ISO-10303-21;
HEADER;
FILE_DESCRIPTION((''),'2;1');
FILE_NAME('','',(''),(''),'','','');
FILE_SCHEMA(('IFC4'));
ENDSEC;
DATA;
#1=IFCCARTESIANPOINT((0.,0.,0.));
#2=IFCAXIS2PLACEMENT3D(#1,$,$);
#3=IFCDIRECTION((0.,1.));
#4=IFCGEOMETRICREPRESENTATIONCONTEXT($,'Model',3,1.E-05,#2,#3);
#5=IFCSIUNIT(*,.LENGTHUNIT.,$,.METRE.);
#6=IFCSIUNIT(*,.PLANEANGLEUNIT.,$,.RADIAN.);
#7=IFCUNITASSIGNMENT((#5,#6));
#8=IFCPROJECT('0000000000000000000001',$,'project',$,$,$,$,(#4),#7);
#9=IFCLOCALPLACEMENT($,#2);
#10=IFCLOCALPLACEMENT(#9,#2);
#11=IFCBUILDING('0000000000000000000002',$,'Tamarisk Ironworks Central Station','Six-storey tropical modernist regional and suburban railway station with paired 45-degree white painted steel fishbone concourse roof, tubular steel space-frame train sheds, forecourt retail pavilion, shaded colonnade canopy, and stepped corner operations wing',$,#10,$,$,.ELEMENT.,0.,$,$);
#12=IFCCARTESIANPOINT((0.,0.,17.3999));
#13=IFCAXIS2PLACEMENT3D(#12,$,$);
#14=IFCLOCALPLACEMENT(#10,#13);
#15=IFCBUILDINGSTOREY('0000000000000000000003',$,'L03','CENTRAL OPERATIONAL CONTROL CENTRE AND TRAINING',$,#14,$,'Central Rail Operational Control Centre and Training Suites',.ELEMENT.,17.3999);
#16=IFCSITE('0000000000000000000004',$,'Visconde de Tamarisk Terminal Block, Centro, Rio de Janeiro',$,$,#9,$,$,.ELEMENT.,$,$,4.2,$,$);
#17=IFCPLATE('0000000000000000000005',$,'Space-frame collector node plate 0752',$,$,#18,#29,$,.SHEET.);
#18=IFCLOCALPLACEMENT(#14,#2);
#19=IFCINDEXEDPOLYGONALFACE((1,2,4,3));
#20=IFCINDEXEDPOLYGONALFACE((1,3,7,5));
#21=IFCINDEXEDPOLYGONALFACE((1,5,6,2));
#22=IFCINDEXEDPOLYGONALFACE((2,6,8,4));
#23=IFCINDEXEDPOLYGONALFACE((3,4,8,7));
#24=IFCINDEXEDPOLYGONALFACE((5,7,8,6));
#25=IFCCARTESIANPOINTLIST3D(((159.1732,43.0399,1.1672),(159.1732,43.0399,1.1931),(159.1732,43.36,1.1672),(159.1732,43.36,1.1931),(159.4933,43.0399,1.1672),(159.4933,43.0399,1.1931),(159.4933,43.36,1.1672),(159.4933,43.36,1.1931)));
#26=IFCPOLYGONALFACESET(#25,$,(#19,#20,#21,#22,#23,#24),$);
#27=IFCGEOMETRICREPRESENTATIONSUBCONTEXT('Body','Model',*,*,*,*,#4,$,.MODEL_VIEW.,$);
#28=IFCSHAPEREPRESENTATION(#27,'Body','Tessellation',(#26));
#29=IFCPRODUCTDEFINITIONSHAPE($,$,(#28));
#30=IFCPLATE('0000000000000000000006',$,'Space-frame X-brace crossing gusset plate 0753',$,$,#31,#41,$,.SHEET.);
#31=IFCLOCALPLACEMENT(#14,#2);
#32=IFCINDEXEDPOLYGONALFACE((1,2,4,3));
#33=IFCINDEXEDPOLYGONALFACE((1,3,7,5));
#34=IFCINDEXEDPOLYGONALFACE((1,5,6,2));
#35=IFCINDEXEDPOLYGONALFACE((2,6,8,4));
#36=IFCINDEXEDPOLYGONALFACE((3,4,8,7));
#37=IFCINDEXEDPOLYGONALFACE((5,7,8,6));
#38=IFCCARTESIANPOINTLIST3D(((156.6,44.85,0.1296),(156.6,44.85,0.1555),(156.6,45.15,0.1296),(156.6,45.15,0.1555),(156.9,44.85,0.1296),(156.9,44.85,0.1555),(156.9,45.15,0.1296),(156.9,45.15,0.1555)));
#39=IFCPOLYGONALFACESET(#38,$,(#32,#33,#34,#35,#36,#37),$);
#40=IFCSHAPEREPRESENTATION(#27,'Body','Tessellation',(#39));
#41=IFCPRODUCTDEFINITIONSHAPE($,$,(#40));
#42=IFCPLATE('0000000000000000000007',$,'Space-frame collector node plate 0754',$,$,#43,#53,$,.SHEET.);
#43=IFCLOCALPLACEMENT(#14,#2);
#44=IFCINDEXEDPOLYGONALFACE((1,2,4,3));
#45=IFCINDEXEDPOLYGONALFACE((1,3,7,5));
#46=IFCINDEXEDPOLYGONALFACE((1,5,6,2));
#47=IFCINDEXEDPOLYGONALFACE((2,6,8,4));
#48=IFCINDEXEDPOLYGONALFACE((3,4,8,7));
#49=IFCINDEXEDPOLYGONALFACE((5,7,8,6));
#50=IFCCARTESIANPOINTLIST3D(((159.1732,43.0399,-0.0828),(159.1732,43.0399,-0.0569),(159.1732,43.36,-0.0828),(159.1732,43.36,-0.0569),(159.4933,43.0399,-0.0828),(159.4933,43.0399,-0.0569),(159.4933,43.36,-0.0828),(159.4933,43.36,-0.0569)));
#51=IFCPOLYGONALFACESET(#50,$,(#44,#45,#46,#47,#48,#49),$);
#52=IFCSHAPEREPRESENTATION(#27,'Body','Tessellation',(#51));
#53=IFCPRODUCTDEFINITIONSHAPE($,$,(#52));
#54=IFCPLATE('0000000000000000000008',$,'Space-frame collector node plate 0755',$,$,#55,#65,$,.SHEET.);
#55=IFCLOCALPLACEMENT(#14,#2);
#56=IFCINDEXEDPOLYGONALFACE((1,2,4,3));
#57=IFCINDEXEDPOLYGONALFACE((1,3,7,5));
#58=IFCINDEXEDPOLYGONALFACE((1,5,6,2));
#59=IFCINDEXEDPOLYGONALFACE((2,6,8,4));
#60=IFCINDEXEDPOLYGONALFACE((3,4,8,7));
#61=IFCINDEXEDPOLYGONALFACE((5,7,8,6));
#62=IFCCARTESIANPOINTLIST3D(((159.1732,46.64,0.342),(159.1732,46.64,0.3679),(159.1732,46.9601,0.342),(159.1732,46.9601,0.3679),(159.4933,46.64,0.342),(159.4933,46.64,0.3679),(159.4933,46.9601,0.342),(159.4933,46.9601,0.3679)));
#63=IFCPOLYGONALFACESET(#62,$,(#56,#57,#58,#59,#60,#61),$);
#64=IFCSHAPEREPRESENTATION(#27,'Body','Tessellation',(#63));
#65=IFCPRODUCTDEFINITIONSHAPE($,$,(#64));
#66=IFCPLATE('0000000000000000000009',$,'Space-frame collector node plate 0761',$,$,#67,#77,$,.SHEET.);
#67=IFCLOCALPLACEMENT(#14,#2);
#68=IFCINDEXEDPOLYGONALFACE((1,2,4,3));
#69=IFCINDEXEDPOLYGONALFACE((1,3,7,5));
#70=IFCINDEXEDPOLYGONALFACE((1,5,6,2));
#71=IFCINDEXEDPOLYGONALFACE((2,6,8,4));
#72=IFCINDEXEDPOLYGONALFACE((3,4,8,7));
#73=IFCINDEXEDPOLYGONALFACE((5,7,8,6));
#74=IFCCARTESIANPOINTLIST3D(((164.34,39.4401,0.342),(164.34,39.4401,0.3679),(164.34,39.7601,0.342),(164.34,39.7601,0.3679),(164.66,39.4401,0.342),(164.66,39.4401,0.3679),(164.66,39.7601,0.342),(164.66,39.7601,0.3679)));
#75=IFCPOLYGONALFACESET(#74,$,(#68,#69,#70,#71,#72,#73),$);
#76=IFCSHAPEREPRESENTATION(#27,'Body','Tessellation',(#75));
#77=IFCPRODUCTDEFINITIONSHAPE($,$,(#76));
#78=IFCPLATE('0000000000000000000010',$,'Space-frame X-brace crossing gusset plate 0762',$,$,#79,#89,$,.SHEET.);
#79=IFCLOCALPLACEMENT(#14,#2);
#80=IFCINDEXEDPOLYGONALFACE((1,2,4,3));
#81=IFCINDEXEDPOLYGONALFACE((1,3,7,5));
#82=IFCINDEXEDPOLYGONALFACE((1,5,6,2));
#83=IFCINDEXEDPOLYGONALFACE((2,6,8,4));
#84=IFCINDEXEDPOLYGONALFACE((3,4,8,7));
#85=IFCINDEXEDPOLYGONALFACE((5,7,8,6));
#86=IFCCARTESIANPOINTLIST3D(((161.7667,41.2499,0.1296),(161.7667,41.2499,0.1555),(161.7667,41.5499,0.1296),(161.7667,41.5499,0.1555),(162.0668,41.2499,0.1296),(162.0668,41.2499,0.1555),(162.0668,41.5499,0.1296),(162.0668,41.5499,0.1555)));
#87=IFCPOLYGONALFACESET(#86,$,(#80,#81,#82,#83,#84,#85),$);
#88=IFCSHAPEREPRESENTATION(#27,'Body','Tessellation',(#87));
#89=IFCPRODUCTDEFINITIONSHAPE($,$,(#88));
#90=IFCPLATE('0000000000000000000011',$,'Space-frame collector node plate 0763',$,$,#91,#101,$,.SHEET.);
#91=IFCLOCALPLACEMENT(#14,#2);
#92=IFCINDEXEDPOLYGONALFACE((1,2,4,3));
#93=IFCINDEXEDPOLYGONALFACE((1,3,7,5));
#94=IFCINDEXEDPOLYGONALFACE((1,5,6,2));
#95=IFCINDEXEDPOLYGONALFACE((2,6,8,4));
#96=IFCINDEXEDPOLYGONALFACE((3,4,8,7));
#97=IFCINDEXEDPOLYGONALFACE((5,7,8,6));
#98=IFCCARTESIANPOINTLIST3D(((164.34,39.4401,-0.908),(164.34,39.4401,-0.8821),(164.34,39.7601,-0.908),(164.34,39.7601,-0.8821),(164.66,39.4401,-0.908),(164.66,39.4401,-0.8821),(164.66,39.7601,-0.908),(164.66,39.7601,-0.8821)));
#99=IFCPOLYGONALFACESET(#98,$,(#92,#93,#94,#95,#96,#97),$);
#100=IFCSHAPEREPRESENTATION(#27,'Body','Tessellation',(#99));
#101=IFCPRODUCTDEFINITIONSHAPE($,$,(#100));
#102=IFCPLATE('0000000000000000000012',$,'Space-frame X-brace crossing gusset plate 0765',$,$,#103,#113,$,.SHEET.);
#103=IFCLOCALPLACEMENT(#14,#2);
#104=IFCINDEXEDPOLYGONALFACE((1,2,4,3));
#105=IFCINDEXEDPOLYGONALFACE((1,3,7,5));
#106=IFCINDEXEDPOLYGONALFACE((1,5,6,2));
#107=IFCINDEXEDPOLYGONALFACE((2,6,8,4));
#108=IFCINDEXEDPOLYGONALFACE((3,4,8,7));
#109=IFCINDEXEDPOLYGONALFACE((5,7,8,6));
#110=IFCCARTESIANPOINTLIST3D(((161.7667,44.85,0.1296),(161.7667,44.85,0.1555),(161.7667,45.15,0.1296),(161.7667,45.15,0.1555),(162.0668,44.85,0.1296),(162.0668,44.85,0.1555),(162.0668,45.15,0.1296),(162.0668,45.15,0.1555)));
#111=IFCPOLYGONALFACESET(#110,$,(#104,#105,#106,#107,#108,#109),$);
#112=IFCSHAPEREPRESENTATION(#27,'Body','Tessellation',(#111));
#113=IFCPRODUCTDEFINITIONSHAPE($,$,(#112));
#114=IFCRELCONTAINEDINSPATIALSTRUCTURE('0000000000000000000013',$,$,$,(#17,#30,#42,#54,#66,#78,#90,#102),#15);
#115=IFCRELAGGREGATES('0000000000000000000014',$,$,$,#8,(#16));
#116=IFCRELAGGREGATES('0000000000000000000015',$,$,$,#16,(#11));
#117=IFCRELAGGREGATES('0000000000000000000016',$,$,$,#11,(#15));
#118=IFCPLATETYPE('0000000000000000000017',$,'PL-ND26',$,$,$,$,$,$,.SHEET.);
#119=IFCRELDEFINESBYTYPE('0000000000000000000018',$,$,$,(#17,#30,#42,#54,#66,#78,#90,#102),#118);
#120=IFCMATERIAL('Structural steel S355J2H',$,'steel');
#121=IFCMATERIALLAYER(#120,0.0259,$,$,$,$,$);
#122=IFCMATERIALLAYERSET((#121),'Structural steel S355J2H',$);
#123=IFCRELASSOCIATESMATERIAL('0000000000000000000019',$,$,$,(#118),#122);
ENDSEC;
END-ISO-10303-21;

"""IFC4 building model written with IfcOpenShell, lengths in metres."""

from ifc_helpers import new_model, si_unit, direction, frame, origin, origin_2d, place, context, subcontext, project, spatial, rectangle, extrude, material, layer, layer_set, type_object, element, save


model = new_model("IFC4")

# Units and contexts
model_context = context("Model", 3, precision=1e-05, world=origin(), true_north=direction((0.0, 1.0)))
body_context = subcontext(model_context, "Body", "Model", "MODEL_VIEW")
ifc_project = project(units=[si_unit("LENGTHUNIT", "METRE"), si_unit("PLANEANGLEUNIT", "RADIAN")], contexts=[model_context])

# Site, building, storey
site_placement = place(None, origin())
site = spatial("IfcSite", under=ifc_project, at=site_placement, Name="Visconde de Tamarisk Terminal Block, Centro, Rio de Janeiro", CompositionType="ELEMENT", RefElevation=4.2)
building_placement = place(site_placement, origin())
building = spatial("IfcBuilding", under=site, at=building_placement, Name="Tamarisk Ironworks Central Station", Description="Six-storey tropical modernist regional and suburban railway station with paired 45-degree white painted steel fishbone concourse roof, tubular steel space-frame train sheds, forecourt retail pavilion, shaded colonnade canopy, and stepped corner operations wing", CompositionType="ELEMENT", ElevationOfRefHeight=0.0)
storey_placement = place(building_placement, frame((0.0, 0.0, 17.3999)))
storey = spatial("IfcBuildingStorey", under=building, at=storey_placement, Name="L03", Description="CENTRAL OPERATIONAL CONTROL CENTRE AND TRAINING", LongName="Central Rail Operational Control Centre and Training Suites", CompositionType="ELEMENT", Elevation=17.3999)

# Shared definitions
ifc_material = material(Name="Structural steel S355J2H", Category="steel")

# Plates
ifc_layer = layer(ifc_material, 0.0259)
ifc_layer_set = layer_set([ifc_layer], Name="Structural steel S355J2H")
plate_type = type_object("IfcPlateType", Name="PL-ND26", PredefinedType="SHEET", material=ifc_layer_set)
for number, where, z_axis, x_axis, name in (
    (1, (159.3333, 43.2, 1.1672), (0.0, 0.0, 1.0), (1.0, 0.0, 0.0), "Space-frame collector node plate 0752"),
):
    element("IfcPlate", number, at=place(storey_placement, frame(where, z_axis=z_axis, x_axis=x_axis)), inside=storey, type_object=plate_type, Name=name, PredefinedType="SHEET", context=body_context, shape_type="SweptSolid", body=[
        extrude(rectangle(XDim=0.3201, YDim=0.3201, at=origin_2d()), origin(), (0.0, 0.0, 1.0), 0.0259),
    ])
plate_1_placement = place(storey_placement, frame((156.75, 45.0, 0.1296), z_axis=(0.0, 0.0, 1.0), x_axis=(1.0, 0.0, 0.0)))
element("IfcPlate", 2, at=plate_1_placement, inside=storey, type_object=plate_type, Name="Space-frame X-brace crossing gusset plate 0753", PredefinedType="SHEET", context=body_context, shape_type="SweptSolid", body=[
    extrude(rectangle(XDim=0.3, YDim=0.3, at=origin_2d()), origin(), (0.0, 0.0, 1.0), 0.0259),
])
for number, where, z_axis, x_axis, name in (
    (3, (159.3333, 43.2, -0.0828), (0.0, 0.0, 1.0), (1.0, 0.0, 0.0), "Space-frame collector node plate 0754"),
    (4, (159.3333, 46.8, 0.342), (0.0, 0.0, 1.0), (1.0, 0.0, 0.0), "Space-frame collector node plate 0755"),
    (5, (164.5, 39.6001, 0.342), (0.0, 0.0, 1.0), (1.0, 0.0, 0.0), "Space-frame collector node plate 0761"),
):
    element("IfcPlate", number, at=place(storey_placement, frame(where, z_axis=z_axis, x_axis=x_axis)), inside=storey, type_object=plate_type, Name=name, PredefinedType="SHEET", context=body_context, shape_type="SweptSolid", body=[
        extrude(rectangle(XDim=0.3201, YDim=0.3201, at=origin_2d()), origin(), (0.0, 0.0, 1.0), 0.0259),
    ])
plate_2_placement = place(storey_placement, frame((161.9167, 41.3999, 0.1296), z_axis=(0.0, 0.0, 1.0), x_axis=(1.0, 0.0, 0.0)))
element("IfcPlate", 6, at=plate_2_placement, inside=storey, type_object=plate_type, Name="Space-frame X-brace crossing gusset plate 0762", PredefinedType="SHEET", context=body_context, shape_type="SweptSolid", body=[
    extrude(rectangle(XDim=0.3, YDim=0.3, at=origin_2d()), origin(), (0.0, 0.0, 1.0), 0.0259),
])
plate_3_placement = place(storey_placement, frame((164.5, 39.6001, -0.908), z_axis=(0.0, 0.0, 1.0), x_axis=(1.0, 0.0, 0.0)))
element("IfcPlate", 7, at=plate_3_placement, inside=storey, type_object=plate_type, Name="Space-frame collector node plate 0763", PredefinedType="SHEET", context=body_context, shape_type="SweptSolid", body=[
    extrude(rectangle(XDim=0.3201, YDim=0.3201, at=origin_2d()), origin(), (0.0, 0.0, 1.0), 0.0259),
])
plate_4_placement = place(storey_placement, frame((161.9167, 45.0, 0.1296), z_axis=(0.0, 0.0, 1.0), x_axis=(1.0, 0.0, 0.0)))
element("IfcPlate", 8, at=plate_4_placement, inside=storey, type_object=plate_type, Name="Space-frame X-brace crossing gusset plate 0765", PredefinedType="SHEET", context=body_context, shape_type="SweptSolid", body=[
    extrude(rectangle(XDim=0.3, YDim=0.3, at=origin_2d()), origin(), (0.0, 0.0, 1.0), 0.0259),
])

save(model, "model.ifc")
